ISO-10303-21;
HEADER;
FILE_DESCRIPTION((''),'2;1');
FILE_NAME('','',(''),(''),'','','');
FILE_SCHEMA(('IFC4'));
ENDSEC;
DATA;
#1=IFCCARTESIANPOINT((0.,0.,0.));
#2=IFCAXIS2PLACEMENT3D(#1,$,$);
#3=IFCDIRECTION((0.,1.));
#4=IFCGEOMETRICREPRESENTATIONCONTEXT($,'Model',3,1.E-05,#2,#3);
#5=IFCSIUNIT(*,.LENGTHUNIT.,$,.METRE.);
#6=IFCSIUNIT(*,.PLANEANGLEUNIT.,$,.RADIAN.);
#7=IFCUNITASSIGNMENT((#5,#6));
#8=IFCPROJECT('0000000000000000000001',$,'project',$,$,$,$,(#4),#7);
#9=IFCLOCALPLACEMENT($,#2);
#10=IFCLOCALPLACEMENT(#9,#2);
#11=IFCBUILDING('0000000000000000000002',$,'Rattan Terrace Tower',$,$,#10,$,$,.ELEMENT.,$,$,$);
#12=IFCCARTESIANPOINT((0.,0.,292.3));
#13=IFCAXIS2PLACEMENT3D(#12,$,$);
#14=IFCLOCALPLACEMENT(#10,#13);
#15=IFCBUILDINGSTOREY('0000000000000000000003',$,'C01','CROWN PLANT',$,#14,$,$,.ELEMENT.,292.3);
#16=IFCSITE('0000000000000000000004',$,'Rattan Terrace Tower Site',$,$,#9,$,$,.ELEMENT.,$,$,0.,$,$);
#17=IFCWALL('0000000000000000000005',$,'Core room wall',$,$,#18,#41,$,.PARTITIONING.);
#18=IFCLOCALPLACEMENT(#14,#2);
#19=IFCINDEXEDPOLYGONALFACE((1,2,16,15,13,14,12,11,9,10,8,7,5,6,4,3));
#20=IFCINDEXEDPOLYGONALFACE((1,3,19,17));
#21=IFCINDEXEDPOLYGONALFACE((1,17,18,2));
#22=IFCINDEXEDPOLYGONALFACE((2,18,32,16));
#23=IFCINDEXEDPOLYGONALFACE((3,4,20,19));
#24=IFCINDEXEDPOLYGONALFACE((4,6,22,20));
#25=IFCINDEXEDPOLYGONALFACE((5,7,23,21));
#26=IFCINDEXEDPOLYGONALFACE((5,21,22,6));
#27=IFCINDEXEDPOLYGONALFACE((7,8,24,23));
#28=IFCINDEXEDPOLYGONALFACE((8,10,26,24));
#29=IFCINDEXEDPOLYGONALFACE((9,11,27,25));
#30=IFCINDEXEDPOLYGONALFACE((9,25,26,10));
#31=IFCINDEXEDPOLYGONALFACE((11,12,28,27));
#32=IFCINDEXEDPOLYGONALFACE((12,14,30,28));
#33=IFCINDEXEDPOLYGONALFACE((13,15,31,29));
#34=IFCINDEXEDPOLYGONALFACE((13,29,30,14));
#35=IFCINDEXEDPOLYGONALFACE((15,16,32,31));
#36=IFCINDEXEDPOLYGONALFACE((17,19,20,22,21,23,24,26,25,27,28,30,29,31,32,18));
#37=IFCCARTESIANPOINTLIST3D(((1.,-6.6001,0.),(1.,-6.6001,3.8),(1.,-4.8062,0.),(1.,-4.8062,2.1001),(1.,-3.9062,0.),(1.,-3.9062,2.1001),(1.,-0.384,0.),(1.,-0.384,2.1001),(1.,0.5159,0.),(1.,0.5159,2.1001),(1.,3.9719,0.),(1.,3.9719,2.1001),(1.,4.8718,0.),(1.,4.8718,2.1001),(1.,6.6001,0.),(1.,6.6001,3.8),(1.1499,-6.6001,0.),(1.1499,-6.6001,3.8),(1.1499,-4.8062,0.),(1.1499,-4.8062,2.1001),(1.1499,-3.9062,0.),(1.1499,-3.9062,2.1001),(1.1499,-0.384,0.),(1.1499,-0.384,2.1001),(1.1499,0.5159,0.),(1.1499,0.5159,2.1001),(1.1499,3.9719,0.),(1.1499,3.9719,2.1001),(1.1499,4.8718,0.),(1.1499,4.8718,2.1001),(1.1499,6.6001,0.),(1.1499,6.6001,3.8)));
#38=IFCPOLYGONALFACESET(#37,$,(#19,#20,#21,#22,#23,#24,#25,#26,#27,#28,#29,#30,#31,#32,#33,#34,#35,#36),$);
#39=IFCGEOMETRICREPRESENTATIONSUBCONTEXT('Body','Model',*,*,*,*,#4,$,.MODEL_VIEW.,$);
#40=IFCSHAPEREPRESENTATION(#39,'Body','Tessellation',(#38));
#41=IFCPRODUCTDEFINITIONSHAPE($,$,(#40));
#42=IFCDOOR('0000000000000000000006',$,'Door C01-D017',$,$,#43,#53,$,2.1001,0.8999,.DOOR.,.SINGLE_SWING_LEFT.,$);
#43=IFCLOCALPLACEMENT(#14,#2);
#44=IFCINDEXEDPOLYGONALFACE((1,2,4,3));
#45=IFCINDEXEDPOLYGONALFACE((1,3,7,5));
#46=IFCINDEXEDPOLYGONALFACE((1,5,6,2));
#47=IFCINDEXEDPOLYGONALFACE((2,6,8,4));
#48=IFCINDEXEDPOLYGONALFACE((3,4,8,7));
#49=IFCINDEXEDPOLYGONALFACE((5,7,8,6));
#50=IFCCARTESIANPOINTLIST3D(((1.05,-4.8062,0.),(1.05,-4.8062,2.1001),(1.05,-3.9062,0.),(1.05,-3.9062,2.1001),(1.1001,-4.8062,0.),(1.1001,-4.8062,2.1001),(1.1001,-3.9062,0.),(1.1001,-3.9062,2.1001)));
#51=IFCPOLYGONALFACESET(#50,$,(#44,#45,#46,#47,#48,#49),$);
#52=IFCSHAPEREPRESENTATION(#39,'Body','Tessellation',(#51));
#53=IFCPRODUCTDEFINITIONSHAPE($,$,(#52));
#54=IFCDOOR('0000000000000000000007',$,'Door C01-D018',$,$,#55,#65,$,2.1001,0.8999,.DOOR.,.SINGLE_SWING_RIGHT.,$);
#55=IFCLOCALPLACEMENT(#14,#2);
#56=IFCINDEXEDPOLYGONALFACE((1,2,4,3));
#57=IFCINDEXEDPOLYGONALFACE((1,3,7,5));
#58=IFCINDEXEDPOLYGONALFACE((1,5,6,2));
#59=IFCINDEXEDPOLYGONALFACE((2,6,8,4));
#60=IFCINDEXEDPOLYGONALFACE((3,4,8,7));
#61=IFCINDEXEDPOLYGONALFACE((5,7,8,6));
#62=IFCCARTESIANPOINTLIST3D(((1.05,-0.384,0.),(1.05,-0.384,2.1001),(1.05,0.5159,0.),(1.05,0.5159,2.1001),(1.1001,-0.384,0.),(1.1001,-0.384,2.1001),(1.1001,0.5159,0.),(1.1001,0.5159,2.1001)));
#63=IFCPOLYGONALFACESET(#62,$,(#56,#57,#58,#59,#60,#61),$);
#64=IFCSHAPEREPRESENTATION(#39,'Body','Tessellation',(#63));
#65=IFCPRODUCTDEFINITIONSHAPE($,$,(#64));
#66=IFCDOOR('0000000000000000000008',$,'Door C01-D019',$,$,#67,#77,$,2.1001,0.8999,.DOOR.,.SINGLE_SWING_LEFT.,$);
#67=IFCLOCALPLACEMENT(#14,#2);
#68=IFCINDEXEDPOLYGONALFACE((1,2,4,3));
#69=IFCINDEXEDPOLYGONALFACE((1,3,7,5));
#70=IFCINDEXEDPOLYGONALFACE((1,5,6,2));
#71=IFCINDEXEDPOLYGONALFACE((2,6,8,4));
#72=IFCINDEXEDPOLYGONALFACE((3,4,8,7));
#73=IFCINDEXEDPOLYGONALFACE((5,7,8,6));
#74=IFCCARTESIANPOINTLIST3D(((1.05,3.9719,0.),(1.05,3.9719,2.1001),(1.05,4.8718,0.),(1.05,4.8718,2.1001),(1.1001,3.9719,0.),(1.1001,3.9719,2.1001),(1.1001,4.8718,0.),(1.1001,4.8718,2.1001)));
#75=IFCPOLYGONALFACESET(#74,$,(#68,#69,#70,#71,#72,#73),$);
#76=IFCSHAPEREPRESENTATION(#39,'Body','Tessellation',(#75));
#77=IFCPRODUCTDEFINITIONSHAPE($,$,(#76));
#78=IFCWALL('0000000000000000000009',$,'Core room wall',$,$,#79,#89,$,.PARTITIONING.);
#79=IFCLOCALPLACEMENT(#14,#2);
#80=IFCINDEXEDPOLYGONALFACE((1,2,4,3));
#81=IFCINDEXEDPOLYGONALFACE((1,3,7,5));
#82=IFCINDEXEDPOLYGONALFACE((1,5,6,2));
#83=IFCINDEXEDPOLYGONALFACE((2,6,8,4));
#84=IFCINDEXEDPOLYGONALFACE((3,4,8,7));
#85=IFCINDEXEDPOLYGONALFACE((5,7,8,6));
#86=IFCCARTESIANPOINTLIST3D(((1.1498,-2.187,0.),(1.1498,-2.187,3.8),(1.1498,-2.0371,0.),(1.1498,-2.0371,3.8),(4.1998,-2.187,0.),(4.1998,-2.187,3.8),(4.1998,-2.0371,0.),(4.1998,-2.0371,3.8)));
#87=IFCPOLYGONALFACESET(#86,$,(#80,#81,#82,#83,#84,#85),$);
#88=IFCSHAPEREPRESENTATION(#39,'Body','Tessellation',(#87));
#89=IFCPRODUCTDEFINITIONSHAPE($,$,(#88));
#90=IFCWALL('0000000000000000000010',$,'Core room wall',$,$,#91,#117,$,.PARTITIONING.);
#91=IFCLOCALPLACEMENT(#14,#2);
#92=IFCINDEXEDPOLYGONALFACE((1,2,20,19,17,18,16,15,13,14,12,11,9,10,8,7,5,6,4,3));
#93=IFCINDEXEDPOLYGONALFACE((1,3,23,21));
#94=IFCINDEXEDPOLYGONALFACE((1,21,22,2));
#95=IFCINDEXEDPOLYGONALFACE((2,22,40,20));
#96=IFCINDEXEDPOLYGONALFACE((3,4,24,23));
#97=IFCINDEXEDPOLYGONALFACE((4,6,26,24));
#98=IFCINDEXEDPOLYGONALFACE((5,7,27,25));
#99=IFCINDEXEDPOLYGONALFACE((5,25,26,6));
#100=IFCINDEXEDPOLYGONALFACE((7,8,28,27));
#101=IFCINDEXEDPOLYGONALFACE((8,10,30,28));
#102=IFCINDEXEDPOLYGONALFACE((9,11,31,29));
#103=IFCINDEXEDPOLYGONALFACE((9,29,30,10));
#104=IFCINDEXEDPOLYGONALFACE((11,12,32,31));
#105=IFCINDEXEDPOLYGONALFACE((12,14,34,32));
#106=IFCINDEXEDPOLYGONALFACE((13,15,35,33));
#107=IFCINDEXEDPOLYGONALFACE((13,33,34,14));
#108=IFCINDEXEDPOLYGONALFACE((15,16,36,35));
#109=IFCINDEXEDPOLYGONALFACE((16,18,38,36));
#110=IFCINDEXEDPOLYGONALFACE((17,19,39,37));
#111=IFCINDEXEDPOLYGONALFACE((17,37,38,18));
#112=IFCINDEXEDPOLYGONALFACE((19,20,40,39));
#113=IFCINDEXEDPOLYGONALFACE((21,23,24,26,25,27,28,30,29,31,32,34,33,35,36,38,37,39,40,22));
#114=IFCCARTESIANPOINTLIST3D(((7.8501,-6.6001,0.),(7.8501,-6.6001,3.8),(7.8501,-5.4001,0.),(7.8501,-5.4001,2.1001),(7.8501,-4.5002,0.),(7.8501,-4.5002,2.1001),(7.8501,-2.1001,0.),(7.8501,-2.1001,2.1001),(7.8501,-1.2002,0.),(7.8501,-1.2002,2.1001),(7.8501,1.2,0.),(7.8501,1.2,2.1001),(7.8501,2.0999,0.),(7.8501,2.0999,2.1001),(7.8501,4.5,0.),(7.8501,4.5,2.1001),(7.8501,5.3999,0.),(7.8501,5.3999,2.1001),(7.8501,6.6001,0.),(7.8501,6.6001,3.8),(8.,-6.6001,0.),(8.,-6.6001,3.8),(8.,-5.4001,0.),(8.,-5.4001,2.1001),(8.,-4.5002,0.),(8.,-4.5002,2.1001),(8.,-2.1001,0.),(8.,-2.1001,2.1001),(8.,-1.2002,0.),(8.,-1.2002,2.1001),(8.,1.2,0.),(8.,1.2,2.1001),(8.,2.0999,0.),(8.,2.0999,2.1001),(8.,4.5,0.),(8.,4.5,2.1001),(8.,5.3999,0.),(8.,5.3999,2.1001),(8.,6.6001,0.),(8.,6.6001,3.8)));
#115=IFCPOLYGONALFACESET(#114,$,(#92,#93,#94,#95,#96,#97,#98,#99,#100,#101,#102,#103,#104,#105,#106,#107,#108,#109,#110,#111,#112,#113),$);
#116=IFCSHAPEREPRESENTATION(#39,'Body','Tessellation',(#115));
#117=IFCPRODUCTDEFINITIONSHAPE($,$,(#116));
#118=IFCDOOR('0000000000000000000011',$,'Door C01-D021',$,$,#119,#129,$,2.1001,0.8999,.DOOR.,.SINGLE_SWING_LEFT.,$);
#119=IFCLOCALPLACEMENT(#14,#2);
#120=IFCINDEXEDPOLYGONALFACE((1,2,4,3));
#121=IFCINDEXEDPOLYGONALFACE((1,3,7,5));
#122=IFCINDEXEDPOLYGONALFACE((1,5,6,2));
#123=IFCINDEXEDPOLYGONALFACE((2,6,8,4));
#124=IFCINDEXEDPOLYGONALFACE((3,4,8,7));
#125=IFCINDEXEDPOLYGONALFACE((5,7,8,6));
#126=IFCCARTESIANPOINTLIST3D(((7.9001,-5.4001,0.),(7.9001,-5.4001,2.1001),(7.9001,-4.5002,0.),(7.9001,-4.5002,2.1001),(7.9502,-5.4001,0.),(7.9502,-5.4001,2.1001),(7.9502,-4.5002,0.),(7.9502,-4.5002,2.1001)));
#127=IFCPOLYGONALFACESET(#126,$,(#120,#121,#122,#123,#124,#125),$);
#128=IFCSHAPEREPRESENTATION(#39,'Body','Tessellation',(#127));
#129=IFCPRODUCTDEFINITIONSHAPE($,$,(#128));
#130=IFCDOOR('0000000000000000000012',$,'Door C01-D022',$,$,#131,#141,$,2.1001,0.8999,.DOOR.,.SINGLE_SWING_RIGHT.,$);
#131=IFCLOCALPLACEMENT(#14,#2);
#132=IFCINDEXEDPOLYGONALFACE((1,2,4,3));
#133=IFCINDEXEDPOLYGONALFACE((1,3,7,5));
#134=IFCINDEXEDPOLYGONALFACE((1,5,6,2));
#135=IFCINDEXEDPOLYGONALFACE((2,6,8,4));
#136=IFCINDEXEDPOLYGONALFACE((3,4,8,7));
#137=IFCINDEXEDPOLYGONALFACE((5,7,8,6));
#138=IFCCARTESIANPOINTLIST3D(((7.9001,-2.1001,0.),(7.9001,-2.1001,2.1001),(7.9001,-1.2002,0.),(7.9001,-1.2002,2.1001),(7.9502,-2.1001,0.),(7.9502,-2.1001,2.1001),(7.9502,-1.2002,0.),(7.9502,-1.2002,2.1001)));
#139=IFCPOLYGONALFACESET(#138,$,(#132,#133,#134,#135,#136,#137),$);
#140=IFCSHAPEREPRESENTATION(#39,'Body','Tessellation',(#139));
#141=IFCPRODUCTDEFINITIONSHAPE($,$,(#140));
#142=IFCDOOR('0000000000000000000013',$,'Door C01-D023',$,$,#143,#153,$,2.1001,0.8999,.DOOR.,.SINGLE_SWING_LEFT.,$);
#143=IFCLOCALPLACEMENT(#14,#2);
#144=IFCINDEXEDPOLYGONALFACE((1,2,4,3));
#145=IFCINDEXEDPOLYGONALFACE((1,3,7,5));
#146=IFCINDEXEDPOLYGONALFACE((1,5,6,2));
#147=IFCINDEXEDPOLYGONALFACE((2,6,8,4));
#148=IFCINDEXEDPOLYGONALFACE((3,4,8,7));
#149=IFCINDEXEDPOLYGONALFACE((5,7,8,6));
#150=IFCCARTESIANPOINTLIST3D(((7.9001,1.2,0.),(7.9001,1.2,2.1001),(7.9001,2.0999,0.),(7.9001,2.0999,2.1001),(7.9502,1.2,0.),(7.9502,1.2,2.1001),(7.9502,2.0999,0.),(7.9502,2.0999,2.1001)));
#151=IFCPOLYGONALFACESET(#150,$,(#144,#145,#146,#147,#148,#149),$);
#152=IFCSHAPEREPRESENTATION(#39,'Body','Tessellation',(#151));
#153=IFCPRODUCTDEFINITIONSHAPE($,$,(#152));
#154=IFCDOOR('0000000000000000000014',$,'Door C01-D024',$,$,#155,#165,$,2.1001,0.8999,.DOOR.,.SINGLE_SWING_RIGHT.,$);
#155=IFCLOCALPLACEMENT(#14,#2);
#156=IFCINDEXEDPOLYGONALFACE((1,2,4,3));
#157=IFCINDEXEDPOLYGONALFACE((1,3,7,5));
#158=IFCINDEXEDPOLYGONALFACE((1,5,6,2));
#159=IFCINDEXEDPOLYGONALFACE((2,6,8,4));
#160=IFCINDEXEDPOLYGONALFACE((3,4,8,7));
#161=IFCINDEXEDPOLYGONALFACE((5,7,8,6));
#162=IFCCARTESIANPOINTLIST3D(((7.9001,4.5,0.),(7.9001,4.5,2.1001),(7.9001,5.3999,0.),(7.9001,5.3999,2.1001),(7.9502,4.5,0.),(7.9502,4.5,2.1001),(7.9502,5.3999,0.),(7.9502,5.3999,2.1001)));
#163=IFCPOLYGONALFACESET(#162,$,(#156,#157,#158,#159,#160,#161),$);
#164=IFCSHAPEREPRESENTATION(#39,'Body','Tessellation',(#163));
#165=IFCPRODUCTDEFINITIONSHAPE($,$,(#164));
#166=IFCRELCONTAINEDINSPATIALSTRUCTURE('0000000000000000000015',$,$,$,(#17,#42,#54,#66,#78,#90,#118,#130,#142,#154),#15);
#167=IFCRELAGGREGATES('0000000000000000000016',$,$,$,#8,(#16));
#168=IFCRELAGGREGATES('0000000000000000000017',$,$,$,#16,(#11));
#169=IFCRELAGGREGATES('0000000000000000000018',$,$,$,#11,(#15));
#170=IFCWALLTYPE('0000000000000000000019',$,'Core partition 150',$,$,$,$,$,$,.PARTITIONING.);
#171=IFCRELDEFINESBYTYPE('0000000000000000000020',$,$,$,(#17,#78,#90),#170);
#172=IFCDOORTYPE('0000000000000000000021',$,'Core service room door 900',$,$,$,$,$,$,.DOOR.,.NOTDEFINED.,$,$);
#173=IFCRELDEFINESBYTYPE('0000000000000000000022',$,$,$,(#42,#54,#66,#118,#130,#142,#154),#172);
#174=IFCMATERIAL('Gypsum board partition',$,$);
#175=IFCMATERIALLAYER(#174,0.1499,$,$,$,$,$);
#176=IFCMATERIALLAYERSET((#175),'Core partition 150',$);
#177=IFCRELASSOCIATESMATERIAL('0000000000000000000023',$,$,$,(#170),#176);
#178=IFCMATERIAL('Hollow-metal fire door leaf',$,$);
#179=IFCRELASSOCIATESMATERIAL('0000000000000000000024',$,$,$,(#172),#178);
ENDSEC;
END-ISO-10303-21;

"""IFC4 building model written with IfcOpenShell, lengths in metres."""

from ifc_helpers import new_model, si_unit, direction, frame, frame_2d, origin, place, context, subcontext, project, spatial, rectangle, extrude, material, layer, layer_set, type_object, element, fill, save


model = new_model("IFC4")

# Units and contexts
model_context = context("Model", 3, precision=1e-05, world=origin(), true_north=direction((0.0, 1.0)))
body_context = subcontext(model_context, "Body", "Model", "MODEL_VIEW")
ifc_project = project(units=[si_unit("LENGTHUNIT", "METRE"), si_unit("PLANEANGLEUNIT", "RADIAN")], contexts=[model_context])

# Site, building, storey
site_placement = place(None, origin())
site = spatial("IfcSite", under=ifc_project, at=site_placement, Name="Rattan Terrace Tower Site", CompositionType="ELEMENT", RefElevation=0.0)
building_placement = place(site_placement, origin())
building = spatial("IfcBuilding", under=site, at=building_placement, Name="Rattan Terrace Tower", CompositionType="ELEMENT")
storey_placement = place(building_placement, frame((0.0, 0.0, 292.3)))
storey = spatial("IfcBuildingStorey", under=building, at=storey_placement, Name="C01", Description="CROWN PLANT", CompositionType="ELEMENT", Elevation=292.3)

# Wall, openings, doors
ifc_material_1 = material(Name="Gypsum board partition")
ifc_layer_1 = layer(ifc_material_1, 0.1499)
ifc_layer_set_1 = layer_set([ifc_layer_1], Name="Core partition 150")
wall_type_1 = type_object("IfcWallType", Name="Core partition 150", PredefinedType="PARTITIONING", material=ifc_layer_set_1)
wall_1_placement = place(storey_placement, frame((1.075, -6.6001, 0.0), z_axis=(0.0, 0.0, 1.0), x_axis=(0.0, 1.0, 0.0)))
wall_1 = element("IfcWall", 1, at=wall_1_placement, inside=storey, type_object=wall_type_1, Name="Core room wall", PredefinedType="PARTITIONING", context=body_context, shape_type="SweptSolid", body=[
    extrude(rectangle(XDim=13.2002, YDim=0.1499, at=frame_2d((6.6001, 0.0))), origin(), (0.0, 0.0, 1.0), 3.8),
])
opening_1_placement = place(wall_1_placement, frame((1.7939, 0.0, 0.0)))
opening_1 = element("IfcOpeningElement", 2, at=opening_1_placement, cuts=wall_1, PredefinedType="OPENING", context=body_context, shape_type="SweptSolid", body=[
    extrude(rectangle(XDim=0.8999, YDim=2.1001, at=frame_2d((0.45, 1.05))), frame((0.0, 0.0854, 0.0), z_axis=(0.0, -1.0, 0.0), x_axis=(1.0, 0.0, 0.0)), (0.0, 0.0, 1.0), 0.1709),
])
opening_2_placement = place(wall_1_placement, frame((6.2161, 0.0, 0.0)))
opening_2 = element("IfcOpeningElement", 3, at=opening_2_placement, cuts=wall_1, PredefinedType="OPENING", context=body_context, shape_type="SweptSolid", body=[
    extrude(rectangle(XDim=0.8999, YDim=2.1001, at=frame_2d((0.45, 1.05))), frame((0.0, 0.0854, 0.0), z_axis=(0.0, -1.0, 0.0), x_axis=(1.0, 0.0, 0.0)), (0.0, 0.0, 1.0), 0.1709),
])
opening_3_placement = place(wall_1_placement, frame((10.572, 0.0, 0.0)))
opening_3 = element("IfcOpeningElement", 4, at=opening_3_placement, cuts=wall_1, PredefinedType="OPENING", context=body_context, shape_type="SweptSolid", body=[
    extrude(rectangle(XDim=0.8999, YDim=2.1001, at=frame_2d((0.45, 1.05))), frame((0.0, 0.0854, 0.0), z_axis=(0.0, -1.0, 0.0), x_axis=(1.0, 0.0, 0.0)), (0.0, 0.0, 1.0), 0.1709),
])
ifc_material_2 = material(Name="Hollow-metal fire door leaf")
door_type_1 = type_object("IfcDoorType", Name="Core service room door 900", OperationType="NOTDEFINED", PredefinedType="DOOR", material=ifc_material_2)
door_1_placement = place(opening_1_placement, origin())
door_1 = element("IfcDoor", 5, at=door_1_placement, inside=storey, type_object=door_type_1, Name="Door C01-D017", OperationType="SINGLE_SWING_LEFT", OverallHeight=2.1001, OverallWidth=0.8999, PredefinedType="DOOR", context=body_context, shape_type="SweptSolid", body=[
    extrude(rectangle(XDim=0.8999, YDim=2.1001, at=frame_2d((0.45, 1.05))), frame((0.0, 0.0249, 0.0), z_axis=(0.0, -1.0, 0.0), x_axis=(1.0, 0.0, 0.0)), (0.0, 0.0, 1.0), 0.05),
])
fill(opening_1, door_1)
door_2_placement = place(opening_2_placement, origin())
door_2 = element("IfcDoor", 6, at=door_2_placement, inside=storey, type_object=door_type_1, Name="Door C01-D018", OperationType="SINGLE_SWING_RIGHT", OverallHeight=2.1001, OverallWidth=0.8999, PredefinedType="DOOR", context=body_context, shape_type="SweptSolid", body=[
    extrude(rectangle(XDim=0.8999, YDim=2.1001, at=frame_2d((0.45, 1.05))), frame((0.0, 0.0249, 0.0), z_axis=(0.0, -1.0, 0.0), x_axis=(1.0, 0.0, 0.0)), (0.0, 0.0, 1.0), 0.05),
])
fill(opening_2, door_2)
door_3_placement = place(opening_3_placement, origin())
door_3 = element("IfcDoor", 7, at=door_3_placement, inside=storey, type_object=door_type_1, Name="Door C01-D019", OperationType="SINGLE_SWING_LEFT", OverallHeight=2.1001, OverallWidth=0.8999, PredefinedType="DOOR", context=body_context, shape_type="SweptSolid", body=[
    extrude(rectangle(XDim=0.8999, YDim=2.1001, at=frame_2d((0.45, 1.05))), frame((0.0, 0.0249, 0.0), z_axis=(0.0, -1.0, 0.0), x_axis=(1.0, 0.0, 0.0)), (0.0, 0.0, 1.0), 0.05),
])
fill(opening_3, door_3)

# Wall
wall_2_placement = place(storey_placement, frame((1.1499, -2.1121, 0.0), z_axis=(0.0, 0.0, 1.0), x_axis=(1.0, 0.0, 0.0)))
element("IfcWall", 8, at=wall_2_placement, inside=storey, type_object=wall_type_1, Name="Core room wall", PredefinedType="PARTITIONING", context=body_context, shape_type="SweptSolid", body=[
    extrude(rectangle(XDim=3.05, YDim=0.1499, at=frame_2d((1.5249, 0.0))), origin(), (0.0, 0.0, 1.0), 3.8),
])

# Wall, openings, doors
wall_3_placement = place(storey_placement, frame((7.925, -6.6001, 0.0), z_axis=(0.0, 0.0, 1.0), x_axis=(0.0, 1.0, 0.0)))
wall_3 = element("IfcWall", 9, at=wall_3_placement, inside=storey, type_object=wall_type_1, Name="Core room wall", PredefinedType="PARTITIONING", context=body_context, shape_type="SweptSolid", body=[
    extrude(rectangle(XDim=13.2002, YDim=0.1499, at=frame_2d((6.6001, 0.0))), origin(), (0.0, 0.0, 1.0), 3.8),
])
opening_4_placement = place(wall_3_placement, frame((1.2, 0.0, 0.0)))
opening_4 = element("IfcOpeningElement", 10, at=opening_4_placement, cuts=wall_3, PredefinedType="OPENING", context=body_context, shape_type="SweptSolid", body=[
    extrude(rectangle(XDim=0.8999, YDim=2.1001, at=frame_2d((0.45, 1.05))), frame((0.0, 0.0854, 0.0), z_axis=(0.0, -1.0, 0.0), x_axis=(1.0, 0.0, 0.0)), (0.0, 0.0, 1.0), 0.1709),
])
opening_5_placement = place(wall_3_placement, frame((4.5, 0.0, 0.0)))
opening_5 = element("IfcOpeningElement", 11, at=opening_5_placement, cuts=wall_3, PredefinedType="OPENING", context=body_context, shape_type="SweptSolid", body=[
    extrude(rectangle(XDim=0.8999, YDim=2.1001, at=frame_2d((0.45, 1.05))), frame((0.0, 0.0854, 0.0), z_axis=(0.0, -1.0, 0.0), x_axis=(1.0, 0.0, 0.0)), (0.0, 0.0, 1.0), 0.1709),
])
opening_6_placement = place(wall_3_placement, frame((7.8, 0.0, 0.0)))
opening_6 = element("IfcOpeningElement", 12, at=opening_6_placement, cuts=wall_3, PredefinedType="OPENING", context=body_context, shape_type="SweptSolid", body=[
    extrude(rectangle(XDim=0.8999, YDim=2.1001, at=frame_2d((0.45, 1.05))), frame((0.0, 0.0854, 0.0), z_axis=(0.0, -1.0, 0.0), x_axis=(1.0, 0.0, 0.0)), (0.0, 0.0, 1.0), 0.1709),
])
opening_7_placement = place(wall_3_placement, frame((11.1001, 0.0, 0.0)))
opening_7 = element("IfcOpeningElement", 13, at=opening_7_placement, cuts=wall_3, PredefinedType="OPENING", context=body_context, shape_type="SweptSolid", body=[
    extrude(rectangle(XDim=0.8999, YDim=2.1001, at=frame_2d((0.45, 1.05))), frame((0.0, 0.0854, 0.0), z_axis=(0.0, -1.0, 0.0), x_axis=(1.0, 0.0, 0.0)), (0.0, 0.0, 1.0), 0.1709),
])
door_4_placement = place(opening_4_placement, origin())
door_4 = element("IfcDoor", 14, at=door_4_placement, inside=storey, type_object=door_type_1, Name="Door C01-D021", OperationType="SINGLE_SWING_LEFT", OverallHeight=2.1001, OverallWidth=0.8999, PredefinedType="DOOR", context=body_context, shape_type="SweptSolid", body=[
    extrude(rectangle(XDim=0.8999, YDim=2.1001, at=frame_2d((0.45, 1.05))), frame((0.0, 0.0249, 0.0), z_axis=(0.0, -1.0, 0.0), x_axis=(1.0, 0.0, 0.0)), (0.0, 0.0, 1.0), 0.05),
])
fill(opening_4, door_4)
door_5_placement = place(opening_5_placement, origin())
door_5 = element("IfcDoor", 15, at=door_5_placement, inside=storey, type_object=door_type_1, Name="Door C01-D022", OperationType="SINGLE_SWING_RIGHT", OverallHeight=2.1001, OverallWidth=0.8999, PredefinedType="DOOR", context=body_context, shape_type="SweptSolid", body=[
    extrude(rectangle(XDim=0.8999, YDim=2.1001, at=frame_2d((0.45, 1.05))), frame((0.0, 0.0249, 0.0), z_axis=(0.0, -1.0, 0.0), x_axis=(1.0, 0.0, 0.0)), (0.0, 0.0, 1.0), 0.05),
])
fill(opening_5, door_5)
door_6_placement = place(opening_6_placement, origin())
door_6 = element("IfcDoor", 16, at=door_6_placement, inside=storey, type_object=door_type_1, Name="Door C01-D023", OperationType="SINGLE_SWING_LEFT", OverallHeight=2.1001, OverallWidth=0.8999, PredefinedType="DOOR", context=body_context, shape_type="SweptSolid", body=[
    extrude(rectangle(XDim=0.8999, YDim=2.1001, at=frame_2d((0.45, 1.05))), frame((0.0, 0.0249, 0.0), z_axis=(0.0, -1.0, 0.0), x_axis=(1.0, 0.0, 0.0)), (0.0, 0.0, 1.0), 0.05),
])
fill(opening_6, door_6)
door_7_placement = place(opening_7_placement, origin())
door_7 = element("IfcDoor", 17, at=door_7_placement, inside=storey, type_object=door_type_1, Name="Door C01-D024", OperationType="SINGLE_SWING_RIGHT", OverallHeight=2.1001, OverallWidth=0.8999, PredefinedType="DOOR", context=body_context, shape_type="SweptSolid", body=[
    extrude(rectangle(XDim=0.8999, YDim=2.1001, at=frame_2d((0.45, 1.05))), frame((0.0, 0.0249, 0.0), z_axis=(0.0, -1.0, 0.0), x_axis=(1.0, 0.0, 0.0)), (0.0, 0.0, 1.0), 0.05),
])
fill(opening_7, door_7)

save(model, "model.ifc")
